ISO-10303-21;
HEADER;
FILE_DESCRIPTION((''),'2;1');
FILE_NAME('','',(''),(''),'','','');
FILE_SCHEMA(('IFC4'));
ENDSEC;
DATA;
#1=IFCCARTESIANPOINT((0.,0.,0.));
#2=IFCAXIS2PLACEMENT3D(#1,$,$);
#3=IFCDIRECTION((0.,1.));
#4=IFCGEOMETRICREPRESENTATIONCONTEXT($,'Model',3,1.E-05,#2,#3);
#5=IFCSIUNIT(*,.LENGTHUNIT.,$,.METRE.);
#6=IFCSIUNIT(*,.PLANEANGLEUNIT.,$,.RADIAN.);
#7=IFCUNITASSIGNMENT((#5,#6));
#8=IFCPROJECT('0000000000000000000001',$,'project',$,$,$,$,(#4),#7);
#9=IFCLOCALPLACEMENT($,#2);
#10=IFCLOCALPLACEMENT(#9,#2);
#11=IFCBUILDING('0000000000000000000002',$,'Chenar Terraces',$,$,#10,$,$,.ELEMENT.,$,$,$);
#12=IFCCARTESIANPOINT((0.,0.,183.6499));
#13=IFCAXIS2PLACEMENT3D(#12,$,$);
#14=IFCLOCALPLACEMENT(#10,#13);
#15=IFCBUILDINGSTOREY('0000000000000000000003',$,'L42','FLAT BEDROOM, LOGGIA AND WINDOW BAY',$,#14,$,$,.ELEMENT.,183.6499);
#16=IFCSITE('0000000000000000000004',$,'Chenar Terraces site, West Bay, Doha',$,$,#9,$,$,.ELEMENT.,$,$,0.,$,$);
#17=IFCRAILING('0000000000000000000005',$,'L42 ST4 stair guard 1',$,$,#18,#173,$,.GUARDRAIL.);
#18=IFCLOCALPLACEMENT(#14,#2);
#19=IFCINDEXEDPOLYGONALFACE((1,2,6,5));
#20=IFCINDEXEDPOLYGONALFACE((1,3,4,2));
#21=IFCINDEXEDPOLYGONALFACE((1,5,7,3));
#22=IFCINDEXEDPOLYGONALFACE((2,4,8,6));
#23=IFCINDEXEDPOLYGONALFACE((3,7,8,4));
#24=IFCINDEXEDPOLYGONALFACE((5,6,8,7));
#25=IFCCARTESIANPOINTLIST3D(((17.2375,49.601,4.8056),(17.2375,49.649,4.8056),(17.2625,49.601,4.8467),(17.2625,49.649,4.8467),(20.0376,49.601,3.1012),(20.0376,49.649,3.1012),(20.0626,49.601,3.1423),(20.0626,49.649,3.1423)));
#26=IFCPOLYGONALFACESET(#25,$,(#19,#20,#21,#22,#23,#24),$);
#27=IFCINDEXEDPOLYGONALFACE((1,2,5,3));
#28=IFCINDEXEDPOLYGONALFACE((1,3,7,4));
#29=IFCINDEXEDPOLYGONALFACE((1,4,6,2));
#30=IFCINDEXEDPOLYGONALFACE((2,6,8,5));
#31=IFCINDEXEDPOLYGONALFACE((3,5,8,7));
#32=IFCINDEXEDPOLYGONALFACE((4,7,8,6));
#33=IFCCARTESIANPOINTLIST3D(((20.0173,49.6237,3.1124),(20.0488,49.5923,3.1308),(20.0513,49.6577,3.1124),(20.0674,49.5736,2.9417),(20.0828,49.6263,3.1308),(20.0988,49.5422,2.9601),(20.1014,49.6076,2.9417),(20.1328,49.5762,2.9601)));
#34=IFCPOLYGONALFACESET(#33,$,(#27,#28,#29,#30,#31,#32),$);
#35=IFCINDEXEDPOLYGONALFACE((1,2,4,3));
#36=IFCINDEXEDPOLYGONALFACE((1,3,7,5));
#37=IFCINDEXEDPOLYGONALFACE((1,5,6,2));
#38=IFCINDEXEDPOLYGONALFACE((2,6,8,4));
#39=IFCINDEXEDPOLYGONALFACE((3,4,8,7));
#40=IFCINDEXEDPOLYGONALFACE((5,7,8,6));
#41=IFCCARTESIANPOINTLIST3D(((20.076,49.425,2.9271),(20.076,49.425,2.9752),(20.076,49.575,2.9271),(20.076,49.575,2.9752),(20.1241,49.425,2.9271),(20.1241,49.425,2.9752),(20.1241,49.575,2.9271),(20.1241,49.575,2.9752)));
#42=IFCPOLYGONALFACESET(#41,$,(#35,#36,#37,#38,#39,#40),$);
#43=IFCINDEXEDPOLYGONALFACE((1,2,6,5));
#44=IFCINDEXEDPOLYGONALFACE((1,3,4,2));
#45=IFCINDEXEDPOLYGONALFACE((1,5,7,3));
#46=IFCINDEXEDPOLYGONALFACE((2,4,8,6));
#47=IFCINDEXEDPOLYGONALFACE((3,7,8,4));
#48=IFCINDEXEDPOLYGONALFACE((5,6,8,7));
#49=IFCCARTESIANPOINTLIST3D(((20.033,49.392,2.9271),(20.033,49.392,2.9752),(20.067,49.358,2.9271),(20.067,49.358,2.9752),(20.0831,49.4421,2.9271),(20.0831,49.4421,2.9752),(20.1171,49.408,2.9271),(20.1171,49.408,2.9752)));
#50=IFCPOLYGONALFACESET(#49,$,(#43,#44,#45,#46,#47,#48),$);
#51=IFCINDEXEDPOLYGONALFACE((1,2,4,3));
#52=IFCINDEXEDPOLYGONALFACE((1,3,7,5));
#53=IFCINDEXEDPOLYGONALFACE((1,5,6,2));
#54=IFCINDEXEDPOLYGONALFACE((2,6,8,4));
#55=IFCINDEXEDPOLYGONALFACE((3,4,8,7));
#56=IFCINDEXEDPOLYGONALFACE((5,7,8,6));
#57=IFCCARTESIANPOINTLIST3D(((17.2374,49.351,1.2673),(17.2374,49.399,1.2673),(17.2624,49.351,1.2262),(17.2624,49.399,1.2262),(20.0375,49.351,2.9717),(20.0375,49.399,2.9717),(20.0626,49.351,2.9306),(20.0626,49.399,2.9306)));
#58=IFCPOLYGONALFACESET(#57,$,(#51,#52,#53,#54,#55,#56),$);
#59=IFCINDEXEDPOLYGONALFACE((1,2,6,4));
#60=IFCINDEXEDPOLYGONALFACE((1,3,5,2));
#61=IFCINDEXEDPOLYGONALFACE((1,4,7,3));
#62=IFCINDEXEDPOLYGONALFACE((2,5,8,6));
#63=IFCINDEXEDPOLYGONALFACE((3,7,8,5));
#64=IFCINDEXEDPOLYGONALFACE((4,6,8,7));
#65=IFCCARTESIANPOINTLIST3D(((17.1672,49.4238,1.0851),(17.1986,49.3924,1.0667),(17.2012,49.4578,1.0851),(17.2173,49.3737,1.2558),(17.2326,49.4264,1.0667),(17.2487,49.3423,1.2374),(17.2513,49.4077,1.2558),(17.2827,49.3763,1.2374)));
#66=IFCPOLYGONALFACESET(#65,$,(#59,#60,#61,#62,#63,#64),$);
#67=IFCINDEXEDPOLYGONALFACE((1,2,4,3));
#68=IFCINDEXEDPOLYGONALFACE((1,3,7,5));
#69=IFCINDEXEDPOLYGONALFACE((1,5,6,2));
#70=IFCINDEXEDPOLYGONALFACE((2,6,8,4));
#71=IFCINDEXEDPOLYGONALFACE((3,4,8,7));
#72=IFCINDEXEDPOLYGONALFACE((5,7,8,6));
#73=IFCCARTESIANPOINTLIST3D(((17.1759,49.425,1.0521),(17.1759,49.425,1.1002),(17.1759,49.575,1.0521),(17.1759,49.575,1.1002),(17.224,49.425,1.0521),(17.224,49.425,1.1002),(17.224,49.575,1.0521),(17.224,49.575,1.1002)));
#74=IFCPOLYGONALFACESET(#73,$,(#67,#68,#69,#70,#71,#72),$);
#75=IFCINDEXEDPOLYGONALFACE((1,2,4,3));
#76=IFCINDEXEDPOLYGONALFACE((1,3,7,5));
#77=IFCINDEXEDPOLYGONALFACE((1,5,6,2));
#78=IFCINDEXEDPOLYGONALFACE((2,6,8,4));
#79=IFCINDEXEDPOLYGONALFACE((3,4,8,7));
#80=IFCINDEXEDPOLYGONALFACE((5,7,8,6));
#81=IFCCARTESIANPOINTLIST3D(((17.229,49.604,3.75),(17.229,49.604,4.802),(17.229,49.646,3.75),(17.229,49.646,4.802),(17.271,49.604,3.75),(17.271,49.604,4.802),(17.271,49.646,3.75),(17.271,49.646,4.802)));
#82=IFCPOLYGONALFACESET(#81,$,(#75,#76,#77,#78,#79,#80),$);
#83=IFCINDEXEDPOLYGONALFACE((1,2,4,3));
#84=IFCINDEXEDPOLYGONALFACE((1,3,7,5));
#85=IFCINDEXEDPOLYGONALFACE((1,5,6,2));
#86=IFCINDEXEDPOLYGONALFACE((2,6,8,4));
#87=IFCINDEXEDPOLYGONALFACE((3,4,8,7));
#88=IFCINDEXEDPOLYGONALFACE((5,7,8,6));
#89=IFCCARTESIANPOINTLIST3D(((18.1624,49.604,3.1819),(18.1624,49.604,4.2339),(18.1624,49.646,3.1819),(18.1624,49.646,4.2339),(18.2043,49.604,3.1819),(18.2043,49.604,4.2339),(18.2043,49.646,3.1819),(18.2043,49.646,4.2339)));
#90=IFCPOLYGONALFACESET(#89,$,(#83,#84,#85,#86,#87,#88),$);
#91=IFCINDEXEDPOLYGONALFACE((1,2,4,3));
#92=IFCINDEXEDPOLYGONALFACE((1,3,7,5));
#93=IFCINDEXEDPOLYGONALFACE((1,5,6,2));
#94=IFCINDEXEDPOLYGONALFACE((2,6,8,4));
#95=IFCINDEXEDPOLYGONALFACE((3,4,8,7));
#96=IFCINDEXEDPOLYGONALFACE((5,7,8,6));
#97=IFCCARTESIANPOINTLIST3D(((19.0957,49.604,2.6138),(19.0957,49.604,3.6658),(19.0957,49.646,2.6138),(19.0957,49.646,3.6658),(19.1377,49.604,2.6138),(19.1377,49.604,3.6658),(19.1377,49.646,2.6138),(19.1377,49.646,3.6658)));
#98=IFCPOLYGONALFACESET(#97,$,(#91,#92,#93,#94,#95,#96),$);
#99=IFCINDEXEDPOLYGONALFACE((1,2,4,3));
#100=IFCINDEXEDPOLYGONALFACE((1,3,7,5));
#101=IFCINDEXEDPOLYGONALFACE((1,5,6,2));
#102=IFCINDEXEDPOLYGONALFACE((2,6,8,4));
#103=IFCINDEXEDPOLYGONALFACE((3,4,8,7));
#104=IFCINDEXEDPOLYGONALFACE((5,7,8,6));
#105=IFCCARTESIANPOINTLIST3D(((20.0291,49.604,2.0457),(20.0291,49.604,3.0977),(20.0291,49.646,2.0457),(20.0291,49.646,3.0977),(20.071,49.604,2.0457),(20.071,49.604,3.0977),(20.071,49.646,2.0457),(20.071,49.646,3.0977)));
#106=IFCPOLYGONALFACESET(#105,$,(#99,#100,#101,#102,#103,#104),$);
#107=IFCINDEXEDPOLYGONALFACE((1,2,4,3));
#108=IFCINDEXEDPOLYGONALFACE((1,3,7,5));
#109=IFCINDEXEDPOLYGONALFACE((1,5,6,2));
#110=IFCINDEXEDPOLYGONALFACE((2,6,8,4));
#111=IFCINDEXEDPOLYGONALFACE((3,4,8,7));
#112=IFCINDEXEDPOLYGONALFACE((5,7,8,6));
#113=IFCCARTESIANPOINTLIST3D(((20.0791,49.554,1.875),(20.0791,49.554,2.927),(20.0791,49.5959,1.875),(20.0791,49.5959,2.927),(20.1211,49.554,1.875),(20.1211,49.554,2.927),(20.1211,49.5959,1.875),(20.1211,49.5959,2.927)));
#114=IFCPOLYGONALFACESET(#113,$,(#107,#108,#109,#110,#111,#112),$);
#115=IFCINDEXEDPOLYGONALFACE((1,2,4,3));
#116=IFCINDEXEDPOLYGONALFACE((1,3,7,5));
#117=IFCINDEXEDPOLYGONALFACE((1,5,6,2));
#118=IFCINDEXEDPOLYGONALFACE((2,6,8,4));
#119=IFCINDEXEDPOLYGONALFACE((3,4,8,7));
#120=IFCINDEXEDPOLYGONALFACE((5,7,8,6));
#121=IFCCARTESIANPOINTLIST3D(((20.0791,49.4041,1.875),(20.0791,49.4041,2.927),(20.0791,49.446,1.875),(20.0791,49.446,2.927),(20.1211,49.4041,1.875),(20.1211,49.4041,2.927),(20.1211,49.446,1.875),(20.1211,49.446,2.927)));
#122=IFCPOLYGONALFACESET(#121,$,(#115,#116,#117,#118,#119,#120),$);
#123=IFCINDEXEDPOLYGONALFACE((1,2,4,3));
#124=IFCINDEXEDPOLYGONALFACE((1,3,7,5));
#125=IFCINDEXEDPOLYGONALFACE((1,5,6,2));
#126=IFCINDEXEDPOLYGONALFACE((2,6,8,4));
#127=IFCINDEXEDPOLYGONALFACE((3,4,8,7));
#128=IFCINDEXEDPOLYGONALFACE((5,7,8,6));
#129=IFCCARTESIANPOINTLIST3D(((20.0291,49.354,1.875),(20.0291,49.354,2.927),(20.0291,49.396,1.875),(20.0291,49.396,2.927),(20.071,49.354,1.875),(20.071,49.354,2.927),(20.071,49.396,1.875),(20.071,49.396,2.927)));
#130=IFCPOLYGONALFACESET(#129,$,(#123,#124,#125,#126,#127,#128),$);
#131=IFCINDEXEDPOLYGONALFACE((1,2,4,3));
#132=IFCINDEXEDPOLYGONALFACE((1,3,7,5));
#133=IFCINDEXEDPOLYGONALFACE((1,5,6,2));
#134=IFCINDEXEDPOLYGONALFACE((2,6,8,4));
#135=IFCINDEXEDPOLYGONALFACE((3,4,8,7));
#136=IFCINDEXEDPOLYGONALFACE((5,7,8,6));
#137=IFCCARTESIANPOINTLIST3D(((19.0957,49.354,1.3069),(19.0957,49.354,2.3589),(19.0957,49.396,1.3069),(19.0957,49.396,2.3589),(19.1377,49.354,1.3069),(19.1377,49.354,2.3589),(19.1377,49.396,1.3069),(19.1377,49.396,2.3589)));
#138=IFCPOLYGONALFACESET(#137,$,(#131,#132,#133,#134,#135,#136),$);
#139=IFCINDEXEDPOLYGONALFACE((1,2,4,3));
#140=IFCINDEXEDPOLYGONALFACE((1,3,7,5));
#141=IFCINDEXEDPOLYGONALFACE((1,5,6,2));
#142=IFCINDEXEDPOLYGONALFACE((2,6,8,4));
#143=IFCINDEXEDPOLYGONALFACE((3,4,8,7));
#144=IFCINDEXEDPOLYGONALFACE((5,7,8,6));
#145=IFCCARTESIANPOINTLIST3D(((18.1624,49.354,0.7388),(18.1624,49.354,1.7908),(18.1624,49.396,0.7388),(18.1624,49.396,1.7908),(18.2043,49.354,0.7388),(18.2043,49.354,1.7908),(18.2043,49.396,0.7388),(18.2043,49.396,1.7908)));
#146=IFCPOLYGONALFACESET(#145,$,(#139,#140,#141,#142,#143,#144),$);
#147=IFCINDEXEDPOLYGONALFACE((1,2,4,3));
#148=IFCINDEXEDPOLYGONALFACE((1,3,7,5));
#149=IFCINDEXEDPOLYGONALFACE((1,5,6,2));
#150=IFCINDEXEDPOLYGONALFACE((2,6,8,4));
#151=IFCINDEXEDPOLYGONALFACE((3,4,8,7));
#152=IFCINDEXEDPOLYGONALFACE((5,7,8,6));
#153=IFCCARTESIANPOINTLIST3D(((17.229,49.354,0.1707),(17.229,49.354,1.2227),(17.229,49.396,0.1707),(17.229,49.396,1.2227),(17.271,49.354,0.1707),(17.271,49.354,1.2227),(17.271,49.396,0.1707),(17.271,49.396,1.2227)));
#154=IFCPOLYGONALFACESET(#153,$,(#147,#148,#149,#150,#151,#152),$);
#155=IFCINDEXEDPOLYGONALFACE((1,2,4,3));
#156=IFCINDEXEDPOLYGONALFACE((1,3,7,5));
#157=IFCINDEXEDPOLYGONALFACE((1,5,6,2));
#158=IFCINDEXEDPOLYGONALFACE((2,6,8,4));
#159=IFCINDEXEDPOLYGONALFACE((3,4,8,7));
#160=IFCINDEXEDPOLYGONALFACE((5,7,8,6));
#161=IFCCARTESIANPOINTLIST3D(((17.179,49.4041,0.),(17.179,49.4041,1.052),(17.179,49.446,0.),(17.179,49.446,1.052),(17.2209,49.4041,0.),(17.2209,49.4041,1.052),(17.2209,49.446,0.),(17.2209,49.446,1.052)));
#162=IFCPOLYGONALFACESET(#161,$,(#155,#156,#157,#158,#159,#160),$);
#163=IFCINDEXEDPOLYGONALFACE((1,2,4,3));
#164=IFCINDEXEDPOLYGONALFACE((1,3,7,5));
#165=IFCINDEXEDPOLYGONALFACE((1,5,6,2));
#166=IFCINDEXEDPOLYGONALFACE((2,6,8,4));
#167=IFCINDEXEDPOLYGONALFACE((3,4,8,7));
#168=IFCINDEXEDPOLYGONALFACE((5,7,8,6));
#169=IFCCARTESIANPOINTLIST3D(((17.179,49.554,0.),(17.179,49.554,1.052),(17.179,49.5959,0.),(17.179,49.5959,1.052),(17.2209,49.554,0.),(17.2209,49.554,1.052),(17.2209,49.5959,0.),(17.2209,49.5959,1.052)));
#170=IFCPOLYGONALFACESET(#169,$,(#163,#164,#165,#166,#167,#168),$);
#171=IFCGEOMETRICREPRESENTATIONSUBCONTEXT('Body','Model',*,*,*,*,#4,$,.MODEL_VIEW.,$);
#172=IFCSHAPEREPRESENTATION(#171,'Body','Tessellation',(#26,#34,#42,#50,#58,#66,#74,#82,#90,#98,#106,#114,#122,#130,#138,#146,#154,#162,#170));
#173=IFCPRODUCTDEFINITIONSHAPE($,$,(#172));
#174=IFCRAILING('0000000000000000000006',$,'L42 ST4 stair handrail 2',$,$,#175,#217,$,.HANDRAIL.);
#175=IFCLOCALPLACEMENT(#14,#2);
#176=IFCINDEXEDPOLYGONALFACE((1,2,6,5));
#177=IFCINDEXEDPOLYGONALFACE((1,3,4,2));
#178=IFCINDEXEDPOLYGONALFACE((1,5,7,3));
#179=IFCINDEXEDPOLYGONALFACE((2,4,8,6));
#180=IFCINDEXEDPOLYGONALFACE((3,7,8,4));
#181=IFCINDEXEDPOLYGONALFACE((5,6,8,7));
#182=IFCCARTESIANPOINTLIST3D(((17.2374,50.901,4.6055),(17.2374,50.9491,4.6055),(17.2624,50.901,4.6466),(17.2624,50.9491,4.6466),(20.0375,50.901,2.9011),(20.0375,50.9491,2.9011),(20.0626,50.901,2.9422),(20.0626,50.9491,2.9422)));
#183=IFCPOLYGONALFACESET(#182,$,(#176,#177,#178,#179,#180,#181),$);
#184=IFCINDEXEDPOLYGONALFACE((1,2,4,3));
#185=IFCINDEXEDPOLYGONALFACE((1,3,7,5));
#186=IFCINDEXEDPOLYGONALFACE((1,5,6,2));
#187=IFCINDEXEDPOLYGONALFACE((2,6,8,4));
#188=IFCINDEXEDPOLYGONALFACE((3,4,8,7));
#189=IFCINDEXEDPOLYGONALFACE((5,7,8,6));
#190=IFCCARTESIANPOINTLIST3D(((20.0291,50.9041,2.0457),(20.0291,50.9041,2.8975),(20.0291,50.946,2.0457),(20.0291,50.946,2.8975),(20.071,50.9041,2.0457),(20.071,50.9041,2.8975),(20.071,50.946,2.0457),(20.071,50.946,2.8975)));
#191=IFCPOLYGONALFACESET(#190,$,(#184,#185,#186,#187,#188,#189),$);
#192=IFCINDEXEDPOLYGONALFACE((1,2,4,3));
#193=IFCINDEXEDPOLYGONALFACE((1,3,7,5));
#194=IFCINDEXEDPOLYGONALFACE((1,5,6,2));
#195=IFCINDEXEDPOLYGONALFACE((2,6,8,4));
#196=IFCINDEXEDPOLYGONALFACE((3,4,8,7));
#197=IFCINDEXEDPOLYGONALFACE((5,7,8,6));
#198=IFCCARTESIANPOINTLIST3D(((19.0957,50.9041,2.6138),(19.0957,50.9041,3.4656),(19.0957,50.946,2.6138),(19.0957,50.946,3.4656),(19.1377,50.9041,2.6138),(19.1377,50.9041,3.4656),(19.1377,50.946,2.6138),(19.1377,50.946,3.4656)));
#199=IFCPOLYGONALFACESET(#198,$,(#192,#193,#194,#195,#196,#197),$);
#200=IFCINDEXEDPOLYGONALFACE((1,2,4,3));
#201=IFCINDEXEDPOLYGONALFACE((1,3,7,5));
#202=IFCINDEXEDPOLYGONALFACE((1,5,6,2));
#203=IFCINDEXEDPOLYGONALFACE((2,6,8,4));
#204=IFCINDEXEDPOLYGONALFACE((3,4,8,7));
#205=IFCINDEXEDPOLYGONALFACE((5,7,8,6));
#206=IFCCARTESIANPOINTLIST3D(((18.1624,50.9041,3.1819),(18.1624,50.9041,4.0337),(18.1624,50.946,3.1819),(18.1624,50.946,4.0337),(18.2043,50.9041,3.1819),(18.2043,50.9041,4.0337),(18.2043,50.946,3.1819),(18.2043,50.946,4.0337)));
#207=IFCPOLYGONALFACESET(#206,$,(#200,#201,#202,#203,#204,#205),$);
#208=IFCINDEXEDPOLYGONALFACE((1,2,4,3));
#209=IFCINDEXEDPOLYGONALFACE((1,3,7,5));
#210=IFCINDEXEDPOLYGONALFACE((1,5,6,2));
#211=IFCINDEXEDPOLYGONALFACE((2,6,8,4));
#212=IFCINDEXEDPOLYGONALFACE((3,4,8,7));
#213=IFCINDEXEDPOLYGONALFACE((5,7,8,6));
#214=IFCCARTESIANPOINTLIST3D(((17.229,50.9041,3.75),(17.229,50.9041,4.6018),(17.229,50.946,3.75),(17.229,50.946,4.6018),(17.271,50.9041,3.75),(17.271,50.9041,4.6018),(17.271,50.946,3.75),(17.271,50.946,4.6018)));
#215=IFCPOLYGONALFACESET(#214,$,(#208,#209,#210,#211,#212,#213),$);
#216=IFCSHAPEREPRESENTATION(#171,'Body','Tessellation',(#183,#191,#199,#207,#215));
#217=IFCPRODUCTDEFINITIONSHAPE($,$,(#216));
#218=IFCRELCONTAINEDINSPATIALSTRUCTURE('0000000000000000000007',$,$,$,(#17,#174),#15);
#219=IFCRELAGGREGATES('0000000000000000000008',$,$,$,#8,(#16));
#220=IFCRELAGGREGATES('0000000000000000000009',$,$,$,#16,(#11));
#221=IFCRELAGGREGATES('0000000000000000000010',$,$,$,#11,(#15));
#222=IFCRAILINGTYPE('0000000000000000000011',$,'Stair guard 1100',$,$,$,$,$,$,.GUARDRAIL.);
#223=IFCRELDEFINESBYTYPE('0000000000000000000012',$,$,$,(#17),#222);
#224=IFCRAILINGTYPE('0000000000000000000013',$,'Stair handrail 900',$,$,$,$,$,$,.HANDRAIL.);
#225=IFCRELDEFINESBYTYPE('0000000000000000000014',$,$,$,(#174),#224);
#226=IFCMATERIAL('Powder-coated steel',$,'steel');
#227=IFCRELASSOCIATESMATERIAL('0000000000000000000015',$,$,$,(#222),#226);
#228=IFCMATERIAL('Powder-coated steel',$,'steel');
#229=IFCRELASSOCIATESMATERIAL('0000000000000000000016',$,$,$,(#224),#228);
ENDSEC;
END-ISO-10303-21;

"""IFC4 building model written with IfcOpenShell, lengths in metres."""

from ifc_helpers import new_model, si_unit, direction, frame, origin, origin_2d, place, context, subcontext, project, spatial, rectangle, extrude, material, type_object, element, save


model = new_model("IFC4")

# Units and contexts
model_context = context("Model", 3, precision=1e-05, world=origin(), true_north=direction((0.0, 1.0)))
body_context = subcontext(model_context, "Body", "Model", "MODEL_VIEW")
ifc_project = project(units=[si_unit("LENGTHUNIT", "METRE"), si_unit("PLANEANGLEUNIT", "RADIAN")], contexts=[model_context])

# Site, building, storey
site_placement = place(None, origin())
site = spatial("IfcSite", under=ifc_project, at=site_placement, Name="Chenar Terraces site, West Bay, Doha", CompositionType="ELEMENT", RefElevation=0.0)
building_placement = place(site_placement, origin())
building = spatial("IfcBuilding", under=site, at=building_placement, Name="Chenar Terraces", CompositionType="ELEMENT")
storey_placement = place(building_placement, frame((0.0, 0.0, 183.6499)))
storey = spatial("IfcBuildingStorey", under=building, at=storey_placement, Name="L42", Description="FLAT BEDROOM, LOGGIA AND WINDOW BAY", CompositionType="ELEMENT", Elevation=183.6499)

# Railings
ifc_material_1 = material(Name="Powder-coated steel", Category="steel")
railing_type_1 = type_object("IfcRailingType", Name="Stair guard 1100", PredefinedType="GUARDRAIL", material=ifc_material_1)
railing_1_placement = place(storey_placement, frame((17.25, 49.625, 3.75)))
element("IfcRailing", 1, at=railing_1_placement, inside=storey, type_object=railing_type_1, Name="L42 ST4 stair guard 1", PredefinedType="GUARDRAIL", context=body_context, shape_type="SweptSolid", body=[
    extrude(rectangle(XDim=0.0481, YDim=0.0481, at=origin_2d()), frame((0.0, 0.0, 1.0762), z_axis=(0.854203, 0.0, -0.51994), x_axis=(0.0, 1.0, 0.0)), (0.0, 0.0, 1.0), 3.2781),
    extrude(rectangle(XDim=0.0481, YDim=0.0481, at=origin_2d()), frame((2.8, 0.0, -0.6284), z_axis=(0.2709, -0.2709, -0.923703), x_axis=(0.707107, 0.707107, 0.0)), (0.0, 0.0, 1.0), 0.1848),
    extrude(rectangle(XDim=0.0481, YDim=0.0481, at=origin_2d()), frame((2.8501, -0.05, -0.7988), z_axis=(0.0, -1.0, 0.0), x_axis=(1.0, 0.0, 0.0)), (0.0, 0.0, 1.0), 0.1499),
    extrude(rectangle(XDim=0.0481, YDim=0.0481, at=origin_2d()), frame((2.8501, -0.2, -0.7988), z_axis=(-0.707107, -0.707107, 0.0), x_axis=(0.707107, -0.707107, 0.0)), (0.0, 0.0, 1.0), 0.0708),
    extrude(rectangle(XDim=0.0481, YDim=0.0481, at=origin_2d()), frame((2.8, -0.25, -0.7988), z_axis=(-0.854203, 0.0, -0.51994), x_axis=(0.0, -1.0, 0.0)), (0.0, 0.0, 1.0), 3.2781),
    extrude(rectangle(XDim=0.0481, YDim=0.0481, at=origin_2d()), frame((0.0, -0.25, -2.5034), z_axis=(-0.2709, 0.2709, -0.923703), x_axis=(-0.707107, -0.707107, 0.0)), (0.0, 0.0, 1.0), 0.1848),
    extrude(rectangle(XDim=0.0481, YDim=0.0481, at=origin_2d()), frame((-0.05, -0.2, -2.6738), z_axis=(0.0, 1.0, 0.0), x_axis=(-1.0, 0.0, 0.0)), (0.0, 0.0, 1.0), 0.1499),
    extrude(rectangle(XDim=0.042, YDim=0.042, at=origin_2d()), origin(), (0.0, 0.0, 1.0), 1.052),
    extrude(rectangle(XDim=0.042, YDim=0.042, at=origin_2d()), frame((0.9333, 0.0, -0.5681)), (0.0, 0.0, 1.0), 1.052),
    extrude(rectangle(XDim=0.042, YDim=0.042, at=origin_2d()), frame((1.8667, 0.0, -1.1362)), (0.0, 0.0, 1.0), 1.052),
    extrude(rectangle(XDim=0.042, YDim=0.042, at=origin_2d()), frame((2.8, 0.0, -1.7043)), (0.0, 0.0, 1.0), 1.052),
    extrude(rectangle(XDim=0.042, YDim=0.042, at=origin_2d()), frame((2.8501, -0.05, -1.875)), (0.0, 0.0, 1.0), 1.052),
    extrude(rectangle(XDim=0.042, YDim=0.042, at=origin_2d()), frame((2.8501, -0.2, -1.875)), (0.0, 0.0, 1.0), 1.052),
    extrude(rectangle(XDim=0.042, YDim=0.042, at=origin_2d()), frame((2.8, -0.25, -1.875)), (0.0, 0.0, 1.0), 1.052),
    extrude(rectangle(XDim=0.042, YDim=0.042, at=origin_2d()), frame((1.8667, -0.25, -2.4431)), (0.0, 0.0, 1.0), 1.052),
    extrude(rectangle(XDim=0.042, YDim=0.042, at=origin_2d()), frame((0.9333, -0.25, -3.0112)), (0.0, 0.0, 1.0), 1.052),
    extrude(rectangle(XDim=0.042, YDim=0.042, at=origin_2d()), frame((0.0, -0.25, -3.5793)), (0.0, 0.0, 1.0), 1.052),
    extrude(rectangle(XDim=0.042, YDim=0.042, at=origin_2d()), frame((-0.05, -0.2, -3.75)), (0.0, 0.0, 1.0), 1.052),
    extrude(rectangle(XDim=0.042, YDim=0.042, at=origin_2d()), frame((-0.05, -0.05, -3.75)), (0.0, 0.0, 1.0), 1.052),
])
ifc_material_2 = material(Name="Powder-coated steel", Category="steel")
railing_type_2 = type_object("IfcRailingType", Name="Stair handrail 900", PredefinedType="HANDRAIL", material=ifc_material_2)
railing_2_placement = place(storey_placement, frame((20.05, 50.925, 2.0457)))
element("IfcRailing", 2, at=railing_2_placement, inside=storey, type_object=railing_type_2, Name="L42 ST4 stair handrail 2", PredefinedType="HANDRAIL", context=body_context, shape_type="SweptSolid", body=[
    extrude(rectangle(XDim=0.0481, YDim=0.0481, at=origin_2d()), frame((0.0, 0.0, 0.876), z_axis=(-0.854203, 0.0, 0.51994), x_axis=(0.0, -1.0, 0.0)), (0.0, 0.0, 1.0), 3.2781),
    extrude(rectangle(XDim=0.042, YDim=0.042, at=origin_2d()), origin(), (0.0, 0.0, 1.0), 0.8518),
    extrude(rectangle(XDim=0.042, YDim=0.042, at=origin_2d()), frame((-0.9333, 0.0, 0.5681)), (0.0, 0.0, 1.0), 0.8518),
    extrude(rectangle(XDim=0.042, YDim=0.042, at=origin_2d()), frame((-1.8667, 0.0, 1.1362)), (0.0, 0.0, 1.0), 0.8518),
    extrude(rectangle(XDim=0.042, YDim=0.042, at=origin_2d()), frame((-2.8, 0.0, 1.7043)), (0.0, 0.0, 1.0), 0.8518),
])

save(model, "model.ifc")
